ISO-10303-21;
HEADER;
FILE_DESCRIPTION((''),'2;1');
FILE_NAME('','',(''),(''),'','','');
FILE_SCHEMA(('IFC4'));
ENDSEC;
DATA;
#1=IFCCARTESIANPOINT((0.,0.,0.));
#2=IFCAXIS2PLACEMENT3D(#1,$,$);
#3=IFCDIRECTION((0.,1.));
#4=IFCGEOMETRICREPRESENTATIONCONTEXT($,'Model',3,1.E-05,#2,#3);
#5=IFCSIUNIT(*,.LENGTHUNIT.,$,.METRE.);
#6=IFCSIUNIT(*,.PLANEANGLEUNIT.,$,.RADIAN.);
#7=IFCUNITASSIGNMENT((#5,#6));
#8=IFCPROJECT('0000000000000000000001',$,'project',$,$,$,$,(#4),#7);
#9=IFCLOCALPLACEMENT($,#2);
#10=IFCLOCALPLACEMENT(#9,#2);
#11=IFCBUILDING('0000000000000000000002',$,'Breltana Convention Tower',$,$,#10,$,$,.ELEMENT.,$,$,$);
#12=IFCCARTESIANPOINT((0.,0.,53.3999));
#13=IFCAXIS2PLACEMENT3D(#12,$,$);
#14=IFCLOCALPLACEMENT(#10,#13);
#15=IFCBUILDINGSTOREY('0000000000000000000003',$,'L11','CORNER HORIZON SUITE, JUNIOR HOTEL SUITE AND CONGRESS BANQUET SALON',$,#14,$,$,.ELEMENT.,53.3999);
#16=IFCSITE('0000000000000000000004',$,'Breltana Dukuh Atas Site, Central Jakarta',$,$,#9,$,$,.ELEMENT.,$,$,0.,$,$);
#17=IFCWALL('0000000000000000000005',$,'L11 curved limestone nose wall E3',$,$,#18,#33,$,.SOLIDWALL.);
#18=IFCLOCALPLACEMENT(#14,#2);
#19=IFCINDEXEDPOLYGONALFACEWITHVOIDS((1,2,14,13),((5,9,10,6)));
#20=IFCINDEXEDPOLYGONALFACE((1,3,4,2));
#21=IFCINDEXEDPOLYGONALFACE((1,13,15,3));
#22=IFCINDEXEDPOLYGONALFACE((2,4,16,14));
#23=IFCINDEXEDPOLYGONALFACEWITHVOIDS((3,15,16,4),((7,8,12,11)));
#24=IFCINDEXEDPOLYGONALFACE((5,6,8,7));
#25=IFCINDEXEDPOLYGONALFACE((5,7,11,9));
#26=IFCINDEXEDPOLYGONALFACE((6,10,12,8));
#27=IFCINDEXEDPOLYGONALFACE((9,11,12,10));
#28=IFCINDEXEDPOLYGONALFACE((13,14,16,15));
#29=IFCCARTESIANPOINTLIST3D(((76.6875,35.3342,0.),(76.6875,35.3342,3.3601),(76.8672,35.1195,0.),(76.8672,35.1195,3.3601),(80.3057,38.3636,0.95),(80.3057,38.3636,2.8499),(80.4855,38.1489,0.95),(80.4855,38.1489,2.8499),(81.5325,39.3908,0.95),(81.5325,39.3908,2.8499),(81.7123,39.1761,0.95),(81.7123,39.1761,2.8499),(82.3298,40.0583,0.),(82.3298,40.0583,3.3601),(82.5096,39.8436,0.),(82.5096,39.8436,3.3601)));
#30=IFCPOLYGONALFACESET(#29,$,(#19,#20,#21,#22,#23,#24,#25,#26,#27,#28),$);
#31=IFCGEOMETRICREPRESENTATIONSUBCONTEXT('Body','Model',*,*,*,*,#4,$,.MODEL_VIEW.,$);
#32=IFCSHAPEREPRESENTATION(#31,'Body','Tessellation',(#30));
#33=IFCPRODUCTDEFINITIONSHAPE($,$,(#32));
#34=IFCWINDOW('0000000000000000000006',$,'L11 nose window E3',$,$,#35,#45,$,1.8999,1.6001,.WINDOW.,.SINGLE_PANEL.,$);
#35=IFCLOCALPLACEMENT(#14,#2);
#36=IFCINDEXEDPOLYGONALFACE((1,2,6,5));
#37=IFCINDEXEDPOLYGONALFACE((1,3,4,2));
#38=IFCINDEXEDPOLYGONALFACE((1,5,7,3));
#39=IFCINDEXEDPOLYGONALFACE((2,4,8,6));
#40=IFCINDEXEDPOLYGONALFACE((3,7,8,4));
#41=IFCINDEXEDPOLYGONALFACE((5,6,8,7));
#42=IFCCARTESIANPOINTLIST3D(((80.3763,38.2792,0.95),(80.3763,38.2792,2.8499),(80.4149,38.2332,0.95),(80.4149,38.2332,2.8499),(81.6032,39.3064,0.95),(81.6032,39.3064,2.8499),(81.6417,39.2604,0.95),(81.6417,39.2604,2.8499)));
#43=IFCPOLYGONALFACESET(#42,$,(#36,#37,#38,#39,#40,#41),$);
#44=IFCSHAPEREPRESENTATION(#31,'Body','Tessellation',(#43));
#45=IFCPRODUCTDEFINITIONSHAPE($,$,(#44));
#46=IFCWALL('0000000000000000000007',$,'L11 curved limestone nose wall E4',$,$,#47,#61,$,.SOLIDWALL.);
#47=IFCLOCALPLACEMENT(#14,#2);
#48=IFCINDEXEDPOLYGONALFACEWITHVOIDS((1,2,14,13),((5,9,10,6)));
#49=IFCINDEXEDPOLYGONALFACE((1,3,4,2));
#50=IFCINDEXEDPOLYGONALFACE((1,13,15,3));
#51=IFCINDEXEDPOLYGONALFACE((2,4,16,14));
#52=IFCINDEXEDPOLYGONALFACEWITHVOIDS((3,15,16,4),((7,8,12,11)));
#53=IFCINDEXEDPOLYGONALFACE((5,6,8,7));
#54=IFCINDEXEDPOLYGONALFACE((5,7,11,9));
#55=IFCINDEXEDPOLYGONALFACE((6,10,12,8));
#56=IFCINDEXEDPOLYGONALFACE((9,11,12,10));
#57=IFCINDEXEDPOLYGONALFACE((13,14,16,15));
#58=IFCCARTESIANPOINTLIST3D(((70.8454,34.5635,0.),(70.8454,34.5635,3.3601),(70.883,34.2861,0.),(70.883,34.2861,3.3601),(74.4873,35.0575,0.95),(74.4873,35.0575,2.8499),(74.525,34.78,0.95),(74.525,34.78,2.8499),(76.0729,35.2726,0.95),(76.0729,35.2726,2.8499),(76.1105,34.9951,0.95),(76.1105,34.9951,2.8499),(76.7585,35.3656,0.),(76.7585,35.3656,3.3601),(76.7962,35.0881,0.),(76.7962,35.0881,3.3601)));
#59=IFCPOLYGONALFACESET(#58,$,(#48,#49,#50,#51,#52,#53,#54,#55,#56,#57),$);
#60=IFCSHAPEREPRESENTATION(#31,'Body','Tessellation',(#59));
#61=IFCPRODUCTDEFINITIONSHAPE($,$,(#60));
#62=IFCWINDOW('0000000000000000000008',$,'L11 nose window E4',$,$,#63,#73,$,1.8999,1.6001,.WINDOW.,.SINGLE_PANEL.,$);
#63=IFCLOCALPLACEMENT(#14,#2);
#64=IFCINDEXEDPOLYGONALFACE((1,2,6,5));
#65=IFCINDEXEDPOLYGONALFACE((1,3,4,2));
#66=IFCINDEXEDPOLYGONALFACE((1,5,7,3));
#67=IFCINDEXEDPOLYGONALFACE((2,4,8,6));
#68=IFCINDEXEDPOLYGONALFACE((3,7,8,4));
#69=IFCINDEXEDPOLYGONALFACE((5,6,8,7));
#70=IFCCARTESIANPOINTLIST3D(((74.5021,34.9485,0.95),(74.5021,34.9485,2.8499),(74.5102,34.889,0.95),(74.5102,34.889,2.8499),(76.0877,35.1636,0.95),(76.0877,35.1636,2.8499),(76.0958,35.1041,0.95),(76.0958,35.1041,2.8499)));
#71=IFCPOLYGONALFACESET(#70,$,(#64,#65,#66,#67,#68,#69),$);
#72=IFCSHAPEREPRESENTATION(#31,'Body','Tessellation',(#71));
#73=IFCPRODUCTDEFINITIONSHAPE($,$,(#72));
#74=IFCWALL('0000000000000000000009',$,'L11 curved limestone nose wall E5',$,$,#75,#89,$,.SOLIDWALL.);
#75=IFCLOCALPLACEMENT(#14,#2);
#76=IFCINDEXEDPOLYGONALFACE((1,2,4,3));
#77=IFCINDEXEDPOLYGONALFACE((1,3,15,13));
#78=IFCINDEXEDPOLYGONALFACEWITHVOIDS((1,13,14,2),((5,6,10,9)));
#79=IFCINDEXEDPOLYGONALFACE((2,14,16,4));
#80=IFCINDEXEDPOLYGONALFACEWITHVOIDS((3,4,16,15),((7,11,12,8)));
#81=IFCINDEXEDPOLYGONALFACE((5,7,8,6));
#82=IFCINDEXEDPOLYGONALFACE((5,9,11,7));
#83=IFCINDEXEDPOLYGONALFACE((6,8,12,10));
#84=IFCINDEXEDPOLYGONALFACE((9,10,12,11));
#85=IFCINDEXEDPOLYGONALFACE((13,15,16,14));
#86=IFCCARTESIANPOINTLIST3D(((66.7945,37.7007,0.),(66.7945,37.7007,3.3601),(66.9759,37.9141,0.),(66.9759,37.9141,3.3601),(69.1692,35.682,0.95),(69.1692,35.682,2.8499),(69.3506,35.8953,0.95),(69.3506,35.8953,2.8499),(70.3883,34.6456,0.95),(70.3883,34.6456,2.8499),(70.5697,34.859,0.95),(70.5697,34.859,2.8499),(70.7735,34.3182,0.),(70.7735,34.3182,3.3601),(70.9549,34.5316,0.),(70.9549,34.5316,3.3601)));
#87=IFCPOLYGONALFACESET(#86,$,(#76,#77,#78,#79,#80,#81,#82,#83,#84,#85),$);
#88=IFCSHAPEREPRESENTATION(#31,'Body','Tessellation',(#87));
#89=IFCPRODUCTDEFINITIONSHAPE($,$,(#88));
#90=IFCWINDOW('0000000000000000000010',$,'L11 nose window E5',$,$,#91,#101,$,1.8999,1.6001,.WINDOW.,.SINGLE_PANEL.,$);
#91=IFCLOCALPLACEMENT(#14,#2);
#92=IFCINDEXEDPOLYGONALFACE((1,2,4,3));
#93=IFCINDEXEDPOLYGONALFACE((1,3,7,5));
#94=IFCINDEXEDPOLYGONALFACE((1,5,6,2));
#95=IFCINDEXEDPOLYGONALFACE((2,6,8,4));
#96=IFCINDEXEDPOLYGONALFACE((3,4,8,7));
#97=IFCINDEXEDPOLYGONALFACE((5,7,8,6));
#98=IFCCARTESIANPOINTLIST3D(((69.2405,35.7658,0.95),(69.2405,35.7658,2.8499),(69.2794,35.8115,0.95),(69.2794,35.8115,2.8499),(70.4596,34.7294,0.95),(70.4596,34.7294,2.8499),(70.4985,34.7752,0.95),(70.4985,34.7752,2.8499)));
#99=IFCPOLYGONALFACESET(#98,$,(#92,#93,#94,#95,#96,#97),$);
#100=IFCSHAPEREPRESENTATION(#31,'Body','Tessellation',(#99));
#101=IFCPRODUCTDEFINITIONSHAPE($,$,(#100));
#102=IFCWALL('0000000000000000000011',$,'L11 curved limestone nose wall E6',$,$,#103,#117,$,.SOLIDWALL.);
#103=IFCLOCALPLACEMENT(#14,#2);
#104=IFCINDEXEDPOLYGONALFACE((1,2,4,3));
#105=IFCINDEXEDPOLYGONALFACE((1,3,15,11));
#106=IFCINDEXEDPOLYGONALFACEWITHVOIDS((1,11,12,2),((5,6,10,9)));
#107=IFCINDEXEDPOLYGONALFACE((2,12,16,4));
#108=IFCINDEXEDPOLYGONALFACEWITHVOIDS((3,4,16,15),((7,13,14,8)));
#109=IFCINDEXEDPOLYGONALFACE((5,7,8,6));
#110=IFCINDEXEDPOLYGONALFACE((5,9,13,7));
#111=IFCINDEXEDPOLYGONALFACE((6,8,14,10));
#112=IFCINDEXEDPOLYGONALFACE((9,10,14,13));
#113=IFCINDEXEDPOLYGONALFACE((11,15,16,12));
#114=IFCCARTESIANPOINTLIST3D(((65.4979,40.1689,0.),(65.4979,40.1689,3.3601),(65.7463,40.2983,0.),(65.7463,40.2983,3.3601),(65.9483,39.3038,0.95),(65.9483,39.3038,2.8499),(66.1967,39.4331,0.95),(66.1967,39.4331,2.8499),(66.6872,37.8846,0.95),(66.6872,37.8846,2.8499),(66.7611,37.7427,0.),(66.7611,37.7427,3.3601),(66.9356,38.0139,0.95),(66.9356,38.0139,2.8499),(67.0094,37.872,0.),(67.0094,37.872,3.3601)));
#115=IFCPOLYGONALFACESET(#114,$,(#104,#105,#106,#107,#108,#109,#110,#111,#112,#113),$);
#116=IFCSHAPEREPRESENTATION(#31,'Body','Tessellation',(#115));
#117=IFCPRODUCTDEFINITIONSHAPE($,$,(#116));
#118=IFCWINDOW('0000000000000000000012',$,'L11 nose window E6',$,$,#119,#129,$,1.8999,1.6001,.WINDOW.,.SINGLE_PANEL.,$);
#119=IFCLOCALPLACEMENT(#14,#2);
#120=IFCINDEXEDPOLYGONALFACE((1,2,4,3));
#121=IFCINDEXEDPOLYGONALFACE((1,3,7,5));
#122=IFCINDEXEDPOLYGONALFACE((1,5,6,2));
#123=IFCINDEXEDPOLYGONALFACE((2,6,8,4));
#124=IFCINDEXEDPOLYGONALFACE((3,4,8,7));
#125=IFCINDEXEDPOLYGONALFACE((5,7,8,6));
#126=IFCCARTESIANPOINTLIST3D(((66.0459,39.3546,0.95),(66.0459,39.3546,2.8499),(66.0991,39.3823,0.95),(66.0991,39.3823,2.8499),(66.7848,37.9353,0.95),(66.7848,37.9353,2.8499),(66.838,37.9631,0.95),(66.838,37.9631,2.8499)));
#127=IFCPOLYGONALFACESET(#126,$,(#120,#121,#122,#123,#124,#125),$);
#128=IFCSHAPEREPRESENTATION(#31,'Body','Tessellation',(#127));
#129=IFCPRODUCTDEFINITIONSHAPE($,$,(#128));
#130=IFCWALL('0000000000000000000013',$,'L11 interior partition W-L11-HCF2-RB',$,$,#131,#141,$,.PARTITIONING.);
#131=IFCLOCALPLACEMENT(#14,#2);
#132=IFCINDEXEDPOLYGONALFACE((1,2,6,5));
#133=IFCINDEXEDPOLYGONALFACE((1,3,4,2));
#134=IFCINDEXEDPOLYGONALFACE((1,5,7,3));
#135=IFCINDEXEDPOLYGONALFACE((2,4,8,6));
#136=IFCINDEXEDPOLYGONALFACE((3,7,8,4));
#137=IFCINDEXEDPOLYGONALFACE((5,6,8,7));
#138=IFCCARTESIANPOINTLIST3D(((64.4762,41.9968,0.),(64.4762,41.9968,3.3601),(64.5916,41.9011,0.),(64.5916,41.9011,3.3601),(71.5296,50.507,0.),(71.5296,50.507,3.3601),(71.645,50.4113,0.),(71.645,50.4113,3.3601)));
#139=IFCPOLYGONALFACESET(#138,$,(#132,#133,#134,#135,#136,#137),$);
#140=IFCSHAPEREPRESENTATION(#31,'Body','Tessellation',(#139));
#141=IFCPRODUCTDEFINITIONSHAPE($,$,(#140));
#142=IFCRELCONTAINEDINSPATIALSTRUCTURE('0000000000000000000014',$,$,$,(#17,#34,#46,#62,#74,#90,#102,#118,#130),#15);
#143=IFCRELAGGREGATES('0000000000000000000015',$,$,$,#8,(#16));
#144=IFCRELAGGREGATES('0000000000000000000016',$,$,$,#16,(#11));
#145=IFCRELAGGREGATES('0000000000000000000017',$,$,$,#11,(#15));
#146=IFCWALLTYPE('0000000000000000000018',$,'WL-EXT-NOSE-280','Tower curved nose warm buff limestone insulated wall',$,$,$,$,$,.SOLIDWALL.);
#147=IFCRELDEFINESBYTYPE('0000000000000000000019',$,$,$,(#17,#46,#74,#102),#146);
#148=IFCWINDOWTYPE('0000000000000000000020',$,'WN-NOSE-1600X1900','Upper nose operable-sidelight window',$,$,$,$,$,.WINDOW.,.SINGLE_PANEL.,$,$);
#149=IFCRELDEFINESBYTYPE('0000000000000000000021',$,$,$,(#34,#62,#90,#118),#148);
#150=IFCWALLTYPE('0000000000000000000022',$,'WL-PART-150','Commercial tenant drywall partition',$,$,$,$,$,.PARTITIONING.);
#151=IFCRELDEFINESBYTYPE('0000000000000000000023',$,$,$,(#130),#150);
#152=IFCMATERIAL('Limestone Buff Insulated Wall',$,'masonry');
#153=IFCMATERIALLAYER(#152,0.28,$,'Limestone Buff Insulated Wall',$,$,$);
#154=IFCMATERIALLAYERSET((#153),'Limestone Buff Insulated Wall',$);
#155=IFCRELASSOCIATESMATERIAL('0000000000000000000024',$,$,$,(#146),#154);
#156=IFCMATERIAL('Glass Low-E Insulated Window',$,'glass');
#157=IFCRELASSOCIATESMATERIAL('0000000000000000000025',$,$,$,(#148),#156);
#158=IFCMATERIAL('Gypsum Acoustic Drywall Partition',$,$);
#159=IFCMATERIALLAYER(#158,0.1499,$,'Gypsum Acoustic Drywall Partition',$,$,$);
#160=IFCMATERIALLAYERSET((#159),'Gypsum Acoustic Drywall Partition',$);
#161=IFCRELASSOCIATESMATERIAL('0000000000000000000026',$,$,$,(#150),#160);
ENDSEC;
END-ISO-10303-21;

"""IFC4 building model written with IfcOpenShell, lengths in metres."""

from ifc_helpers import new_model, si_unit, direction, frame, frame_2d, origin, place, context, subcontext, project, spatial, rectangle, extrude, source, transform, mapped, material, layer, layer_set, type_object, type_shapes, element, fill, save


model = new_model("IFC4")

# Units and contexts
model_context = context("Model", 3, precision=1e-05, world=origin(), true_north=direction((0.0, 1.0)))
body_context = subcontext(model_context, "Body", "Model", "MODEL_VIEW")
ifc_project = project(units=[si_unit("LENGTHUNIT", "METRE"), si_unit("PLANEANGLEUNIT", "RADIAN")], contexts=[model_context])

# Site, building, storey
site_placement = place(None, origin())
site = spatial("IfcSite", under=ifc_project, at=site_placement, Name="Breltana Dukuh Atas Site, Central Jakarta", CompositionType="ELEMENT", RefElevation=0.0)
building_placement = place(site_placement, origin())
building = spatial("IfcBuilding", under=site, at=building_placement, Name="Breltana Convention Tower", CompositionType="ELEMENT")
storey_placement = place(building_placement, frame((0.0, 0.0, 53.3999)))
storey = spatial("IfcBuildingStorey", under=building, at=storey_placement, Name="L11", Description="CORNER HORIZON SUITE, JUNIOR HOTEL SUITE AND CONGRESS BANQUET SALON", CompositionType="ELEMENT", Elevation=53.3999)

# Walls, openings, windows
ifc_material_1 = material(Name="Limestone Buff Insulated Wall", Category="masonry")
ifc_layer_1 = layer(ifc_material_1, 0.28, Name="Limestone Buff Insulated Wall")
ifc_layer_set_1 = layer_set([ifc_layer_1], Name="Limestone Buff Insulated Wall")
wall_type_1 = type_object("IfcWallType", Name="WL-EXT-NOSE-280", Description="Tower curved nose warm buff limestone insulated wall", PredefinedType="SOLIDWALL", material=ifc_layer_set_1)
shared_shape_1 = source(origin(), body_context, "Body", "SweptSolid", [
    extrude(rectangle(XDim=7.3589, YDim=0.28, at=frame_2d((3.6794, 0.0))), origin(), (0.0, 0.0, 1.0), 3.3601),
])
wall_1_placement = place(storey_placement, frame((82.4197, 39.9509, 0.0), z_axis=(0.0, 0.0, 1.0), x_axis=(-0.766737, -0.641961, 0.0)))
wall_1 = element("IfcWall", 1, at=wall_1_placement, inside=storey, type_object=wall_type_1, Name="L11 curved limestone nose wall E3", PredefinedType="SOLIDWALL", context=body_context, shape_type="MappedRepresentation", body=[
    mapped(shared_shape_1, transform((0.0, 0.0, 0.0), scale=1.0)),
])
opening_1_placement = place(wall_1_placement, frame((1.0398, 0.0, 0.95)))
opening_1 = element("IfcOpeningElement", 2, at=opening_1_placement, cuts=wall_1, PredefinedType="OPENING", context=body_context, shape_type="SweptSolid", body=[
    extrude(rectangle(XDim=1.6001, YDim=1.8999, at=frame_2d((0.8, 0.95))), frame((0.0, 0.1499, 0.0), z_axis=(0.0, -1.0, 0.0), x_axis=(1.0, 0.0, 0.0)), (0.0, 0.0, 1.0), 0.3),
])
ifc_material_2 = material(Name="Glass Low-E Insulated Window", Category="glass")
window_type = type_object("IfcWindowType", Name="WN-NOSE-1600X1900", Description="Upper nose operable-sidelight window", PartitioningType="SINGLE_PANEL", PredefinedType="WINDOW", material=ifc_material_2)
shared_shape_2 = source(origin(), body_context, "Body", "SweptSolid", [
    extrude(rectangle(XDim=1.6001, YDim=1.8999, at=frame_2d((0.8, 0.95))), frame((0.0, 0.03, 0.0), z_axis=(0.0, -1.0, 0.0), x_axis=(1.0, 0.0, 0.0)), (0.0, 0.0, 1.0), 0.0601),
])
type_shapes(window_type, [shared_shape_2])
window_1_placement = place(opening_1_placement, origin())
window_1 = element("IfcWindow", 3, at=window_1_placement, inside=storey, type_object=window_type, Name="L11 nose window E3", OverallHeight=1.8999, OverallWidth=1.6001, PartitioningType="SINGLE_PANEL", PredefinedType="WINDOW", context=body_context, shape_type="MappedRepresentation", body=[
    mapped(shared_shape_2, transform((0.0, 0.0, 0.0), scale=1.0)),
])
fill(opening_1, window_1)
shared_shape_3 = source(origin(), body_context, "Body", "SweptSolid", [
    extrude(rectangle(XDim=5.9673, YDim=0.28, at=frame_2d((2.9836, 0.0))), origin(), (0.0, 0.0, 1.0), 3.3601),
])
wall_2_placement = place(storey_placement, frame((76.7773, 35.2268, 0.0), z_axis=(0.0, 0.0, 1.0), x_axis=(-0.990927, -0.134401, 0.0)))
wall_2 = element("IfcWall", 4, at=wall_2_placement, inside=storey, type_object=wall_type_1, Name="L11 curved limestone nose wall E4", PredefinedType="SOLIDWALL", context=body_context, shape_type="MappedRepresentation", body=[
    mapped(shared_shape_3, transform((0.0, 0.0, 0.0), scale=1.0)),
])
opening_2_placement = place(wall_2_placement, frame((0.6919, 0.0, 0.95)))
opening_2 = element("IfcOpeningElement", 5, at=opening_2_placement, cuts=wall_2, PredefinedType="OPENING", context=body_context, shape_type="SweptSolid", body=[
    extrude(rectangle(XDim=1.6001, YDim=1.8999, at=frame_2d((0.8, 0.95))), frame((0.0, 0.1499, 0.0), z_axis=(0.0, -1.0, 0.0), x_axis=(1.0, 0.0, 0.0)), (0.0, 0.0, 1.0), 0.3),
])
window_2_placement = place(opening_2_placement, origin())
window_2 = element("IfcWindow", 6, at=window_2_placement, inside=storey, type_object=window_type, Name="L11 nose window E4", OverallHeight=1.8999, OverallWidth=1.6001, PartitioningType="SINGLE_PANEL", PredefinedType="WINDOW", context=body_context, shape_type="MappedRepresentation", body=[
    mapped(shared_shape_2, transform((0.0, 0.0, 0.0), scale=1.0)),
])
fill(opening_2, window_2)
shared_shape_4 = source(origin(), body_context, "Body", "SweptSolid", [
    extrude(rectangle(XDim=5.2224, YDim=0.28, at=frame_2d((2.6113, 0.0))), origin(), (0.0, 0.0, 1.0), 3.3601),
])
wall_3_placement = place(storey_placement, frame((70.8643, 34.4248, 0.0), z_axis=(0.0, 0.0, 1.0), x_axis=(-0.7619, 0.647695, 0.0)))
wall_3 = element("IfcWall", 7, at=wall_3_placement, inside=storey, type_object=wall_type_1, Name="L11 curved limestone nose wall E5", PredefinedType="SOLIDWALL", context=body_context, shape_type="MappedRepresentation", body=[
    mapped(shared_shape_4, transform((0.0, 0.0, 0.0), scale=1.0)),
])
opening_3_placement = place(wall_3_placement, frame((0.5056, 0.0, 0.95)))
opening_3 = element("IfcOpeningElement", 8, at=opening_3_placement, cuts=wall_3, PredefinedType="OPENING", context=body_context, shape_type="SweptSolid", body=[
    extrude(rectangle(XDim=1.6001, YDim=1.8999, at=frame_2d((0.8, 0.95))), frame((0.0, 0.1499, 0.0), z_axis=(0.0, -1.0, 0.0), x_axis=(1.0, 0.0, 0.0)), (0.0, 0.0, 1.0), 0.3),
])
window_3_placement = place(opening_3_placement, origin())
window_3 = element("IfcWindow", 9, at=window_3_placement, inside=storey, type_object=window_type, Name="L11 nose window E5", OverallHeight=1.8999, OverallWidth=1.6001, PartitioningType="SINGLE_PANEL", PredefinedType="WINDOW", context=body_context, shape_type="MappedRepresentation", body=[
    mapped(shared_shape_2, transform((0.0, 0.0, 0.0), scale=1.0)),
])
fill(opening_3, window_3)
shared_shape_5 = source(origin(), body_context, "Body", "SweptSolid", [
    extrude(rectangle(XDim=2.7354, YDim=0.28, at=frame_2d((1.3677, 0.0))), origin(), (0.0, 0.0, 1.0), 3.3601),
])
wall_4_placement = place(storey_placement, frame((66.8853, 37.8074, 0.0), z_axis=(0.0, 0.0, 1.0), x_axis=(-0.461791, 0.886989, 0.0)))
wall_4 = element("IfcWall", 10, at=wall_4_placement, inside=storey, type_object=wall_type_1, Name="L11 curved limestone nose wall E6", PredefinedType="SOLIDWALL", context=body_context, shape_type="MappedRepresentation", body=[
    mapped(shared_shape_5, transform((0.0, 0.0, 0.0), scale=1.0)),
])
opening_4_placement = place(wall_4_placement, frame((0.1599, 0.0, 0.95)))
opening_4 = element("IfcOpeningElement", 11, at=opening_4_placement, cuts=wall_4, PredefinedType="OPENING", context=body_context, shape_type="SweptSolid", body=[
    extrude(rectangle(XDim=1.6001, YDim=1.8999, at=frame_2d((0.8, 0.95))), frame((0.0, 0.1499, 0.0), z_axis=(0.0, -1.0, 0.0), x_axis=(1.0, 0.0, 0.0)), (0.0, 0.0, 1.0), 0.3),
])
window_4_placement = place(opening_4_placement, origin())
window_4 = element("IfcWindow", 12, at=window_4_placement, inside=storey, type_object=window_type, Name="L11 nose window E6", OverallHeight=1.8999, OverallWidth=1.6001, PartitioningType="SINGLE_PANEL", PredefinedType="WINDOW", context=body_context, shape_type="MappedRepresentation", body=[
    mapped(shared_shape_2, transform((0.0, 0.0, 0.0), scale=1.0)),
])
fill(opening_4, window_4)

# Wall
ifc_material_3 = material(Name="Gypsum Acoustic Drywall Partition")
ifc_layer_2 = layer(ifc_material_3, 0.1499, Name="Gypsum Acoustic Drywall Partition")
ifc_layer_set_2 = layer_set([ifc_layer_2], Name="Gypsum Acoustic Drywall Partition")
wall_type_2 = type_object("IfcWallType", Name="WL-PART-150", Description="Commercial tenant drywall partition", PredefinedType="PARTITIONING", material=ifc_layer_set_2)
shared_shape_6 = source(origin(), body_context, "Body", "SweptSolid", [
    extrude(rectangle(XDim=11.0532, YDim=0.1499, at=frame_2d((5.5266, 0.0))), origin(), (0.0, 0.0, 1.0), 3.3601),
])
wall_5_placement = place(storey_placement, frame((64.5339, 41.949, 0.0), z_axis=(0.0, 0.0, 1.0), x_axis=(0.638131, 0.769928, 0.0)))
element("IfcWall", 13, at=wall_5_placement, inside=storey, type_object=wall_type_2, Name="L11 interior partition W-L11-HCF2-RB", PredefinedType="PARTITIONING", context=body_context, shape_type="MappedRepresentation", body=[
    mapped(shared_shape_6, transform((0.0, 0.0, 0.0), scale=1.0)),
])

save(model, "model.ifc")
